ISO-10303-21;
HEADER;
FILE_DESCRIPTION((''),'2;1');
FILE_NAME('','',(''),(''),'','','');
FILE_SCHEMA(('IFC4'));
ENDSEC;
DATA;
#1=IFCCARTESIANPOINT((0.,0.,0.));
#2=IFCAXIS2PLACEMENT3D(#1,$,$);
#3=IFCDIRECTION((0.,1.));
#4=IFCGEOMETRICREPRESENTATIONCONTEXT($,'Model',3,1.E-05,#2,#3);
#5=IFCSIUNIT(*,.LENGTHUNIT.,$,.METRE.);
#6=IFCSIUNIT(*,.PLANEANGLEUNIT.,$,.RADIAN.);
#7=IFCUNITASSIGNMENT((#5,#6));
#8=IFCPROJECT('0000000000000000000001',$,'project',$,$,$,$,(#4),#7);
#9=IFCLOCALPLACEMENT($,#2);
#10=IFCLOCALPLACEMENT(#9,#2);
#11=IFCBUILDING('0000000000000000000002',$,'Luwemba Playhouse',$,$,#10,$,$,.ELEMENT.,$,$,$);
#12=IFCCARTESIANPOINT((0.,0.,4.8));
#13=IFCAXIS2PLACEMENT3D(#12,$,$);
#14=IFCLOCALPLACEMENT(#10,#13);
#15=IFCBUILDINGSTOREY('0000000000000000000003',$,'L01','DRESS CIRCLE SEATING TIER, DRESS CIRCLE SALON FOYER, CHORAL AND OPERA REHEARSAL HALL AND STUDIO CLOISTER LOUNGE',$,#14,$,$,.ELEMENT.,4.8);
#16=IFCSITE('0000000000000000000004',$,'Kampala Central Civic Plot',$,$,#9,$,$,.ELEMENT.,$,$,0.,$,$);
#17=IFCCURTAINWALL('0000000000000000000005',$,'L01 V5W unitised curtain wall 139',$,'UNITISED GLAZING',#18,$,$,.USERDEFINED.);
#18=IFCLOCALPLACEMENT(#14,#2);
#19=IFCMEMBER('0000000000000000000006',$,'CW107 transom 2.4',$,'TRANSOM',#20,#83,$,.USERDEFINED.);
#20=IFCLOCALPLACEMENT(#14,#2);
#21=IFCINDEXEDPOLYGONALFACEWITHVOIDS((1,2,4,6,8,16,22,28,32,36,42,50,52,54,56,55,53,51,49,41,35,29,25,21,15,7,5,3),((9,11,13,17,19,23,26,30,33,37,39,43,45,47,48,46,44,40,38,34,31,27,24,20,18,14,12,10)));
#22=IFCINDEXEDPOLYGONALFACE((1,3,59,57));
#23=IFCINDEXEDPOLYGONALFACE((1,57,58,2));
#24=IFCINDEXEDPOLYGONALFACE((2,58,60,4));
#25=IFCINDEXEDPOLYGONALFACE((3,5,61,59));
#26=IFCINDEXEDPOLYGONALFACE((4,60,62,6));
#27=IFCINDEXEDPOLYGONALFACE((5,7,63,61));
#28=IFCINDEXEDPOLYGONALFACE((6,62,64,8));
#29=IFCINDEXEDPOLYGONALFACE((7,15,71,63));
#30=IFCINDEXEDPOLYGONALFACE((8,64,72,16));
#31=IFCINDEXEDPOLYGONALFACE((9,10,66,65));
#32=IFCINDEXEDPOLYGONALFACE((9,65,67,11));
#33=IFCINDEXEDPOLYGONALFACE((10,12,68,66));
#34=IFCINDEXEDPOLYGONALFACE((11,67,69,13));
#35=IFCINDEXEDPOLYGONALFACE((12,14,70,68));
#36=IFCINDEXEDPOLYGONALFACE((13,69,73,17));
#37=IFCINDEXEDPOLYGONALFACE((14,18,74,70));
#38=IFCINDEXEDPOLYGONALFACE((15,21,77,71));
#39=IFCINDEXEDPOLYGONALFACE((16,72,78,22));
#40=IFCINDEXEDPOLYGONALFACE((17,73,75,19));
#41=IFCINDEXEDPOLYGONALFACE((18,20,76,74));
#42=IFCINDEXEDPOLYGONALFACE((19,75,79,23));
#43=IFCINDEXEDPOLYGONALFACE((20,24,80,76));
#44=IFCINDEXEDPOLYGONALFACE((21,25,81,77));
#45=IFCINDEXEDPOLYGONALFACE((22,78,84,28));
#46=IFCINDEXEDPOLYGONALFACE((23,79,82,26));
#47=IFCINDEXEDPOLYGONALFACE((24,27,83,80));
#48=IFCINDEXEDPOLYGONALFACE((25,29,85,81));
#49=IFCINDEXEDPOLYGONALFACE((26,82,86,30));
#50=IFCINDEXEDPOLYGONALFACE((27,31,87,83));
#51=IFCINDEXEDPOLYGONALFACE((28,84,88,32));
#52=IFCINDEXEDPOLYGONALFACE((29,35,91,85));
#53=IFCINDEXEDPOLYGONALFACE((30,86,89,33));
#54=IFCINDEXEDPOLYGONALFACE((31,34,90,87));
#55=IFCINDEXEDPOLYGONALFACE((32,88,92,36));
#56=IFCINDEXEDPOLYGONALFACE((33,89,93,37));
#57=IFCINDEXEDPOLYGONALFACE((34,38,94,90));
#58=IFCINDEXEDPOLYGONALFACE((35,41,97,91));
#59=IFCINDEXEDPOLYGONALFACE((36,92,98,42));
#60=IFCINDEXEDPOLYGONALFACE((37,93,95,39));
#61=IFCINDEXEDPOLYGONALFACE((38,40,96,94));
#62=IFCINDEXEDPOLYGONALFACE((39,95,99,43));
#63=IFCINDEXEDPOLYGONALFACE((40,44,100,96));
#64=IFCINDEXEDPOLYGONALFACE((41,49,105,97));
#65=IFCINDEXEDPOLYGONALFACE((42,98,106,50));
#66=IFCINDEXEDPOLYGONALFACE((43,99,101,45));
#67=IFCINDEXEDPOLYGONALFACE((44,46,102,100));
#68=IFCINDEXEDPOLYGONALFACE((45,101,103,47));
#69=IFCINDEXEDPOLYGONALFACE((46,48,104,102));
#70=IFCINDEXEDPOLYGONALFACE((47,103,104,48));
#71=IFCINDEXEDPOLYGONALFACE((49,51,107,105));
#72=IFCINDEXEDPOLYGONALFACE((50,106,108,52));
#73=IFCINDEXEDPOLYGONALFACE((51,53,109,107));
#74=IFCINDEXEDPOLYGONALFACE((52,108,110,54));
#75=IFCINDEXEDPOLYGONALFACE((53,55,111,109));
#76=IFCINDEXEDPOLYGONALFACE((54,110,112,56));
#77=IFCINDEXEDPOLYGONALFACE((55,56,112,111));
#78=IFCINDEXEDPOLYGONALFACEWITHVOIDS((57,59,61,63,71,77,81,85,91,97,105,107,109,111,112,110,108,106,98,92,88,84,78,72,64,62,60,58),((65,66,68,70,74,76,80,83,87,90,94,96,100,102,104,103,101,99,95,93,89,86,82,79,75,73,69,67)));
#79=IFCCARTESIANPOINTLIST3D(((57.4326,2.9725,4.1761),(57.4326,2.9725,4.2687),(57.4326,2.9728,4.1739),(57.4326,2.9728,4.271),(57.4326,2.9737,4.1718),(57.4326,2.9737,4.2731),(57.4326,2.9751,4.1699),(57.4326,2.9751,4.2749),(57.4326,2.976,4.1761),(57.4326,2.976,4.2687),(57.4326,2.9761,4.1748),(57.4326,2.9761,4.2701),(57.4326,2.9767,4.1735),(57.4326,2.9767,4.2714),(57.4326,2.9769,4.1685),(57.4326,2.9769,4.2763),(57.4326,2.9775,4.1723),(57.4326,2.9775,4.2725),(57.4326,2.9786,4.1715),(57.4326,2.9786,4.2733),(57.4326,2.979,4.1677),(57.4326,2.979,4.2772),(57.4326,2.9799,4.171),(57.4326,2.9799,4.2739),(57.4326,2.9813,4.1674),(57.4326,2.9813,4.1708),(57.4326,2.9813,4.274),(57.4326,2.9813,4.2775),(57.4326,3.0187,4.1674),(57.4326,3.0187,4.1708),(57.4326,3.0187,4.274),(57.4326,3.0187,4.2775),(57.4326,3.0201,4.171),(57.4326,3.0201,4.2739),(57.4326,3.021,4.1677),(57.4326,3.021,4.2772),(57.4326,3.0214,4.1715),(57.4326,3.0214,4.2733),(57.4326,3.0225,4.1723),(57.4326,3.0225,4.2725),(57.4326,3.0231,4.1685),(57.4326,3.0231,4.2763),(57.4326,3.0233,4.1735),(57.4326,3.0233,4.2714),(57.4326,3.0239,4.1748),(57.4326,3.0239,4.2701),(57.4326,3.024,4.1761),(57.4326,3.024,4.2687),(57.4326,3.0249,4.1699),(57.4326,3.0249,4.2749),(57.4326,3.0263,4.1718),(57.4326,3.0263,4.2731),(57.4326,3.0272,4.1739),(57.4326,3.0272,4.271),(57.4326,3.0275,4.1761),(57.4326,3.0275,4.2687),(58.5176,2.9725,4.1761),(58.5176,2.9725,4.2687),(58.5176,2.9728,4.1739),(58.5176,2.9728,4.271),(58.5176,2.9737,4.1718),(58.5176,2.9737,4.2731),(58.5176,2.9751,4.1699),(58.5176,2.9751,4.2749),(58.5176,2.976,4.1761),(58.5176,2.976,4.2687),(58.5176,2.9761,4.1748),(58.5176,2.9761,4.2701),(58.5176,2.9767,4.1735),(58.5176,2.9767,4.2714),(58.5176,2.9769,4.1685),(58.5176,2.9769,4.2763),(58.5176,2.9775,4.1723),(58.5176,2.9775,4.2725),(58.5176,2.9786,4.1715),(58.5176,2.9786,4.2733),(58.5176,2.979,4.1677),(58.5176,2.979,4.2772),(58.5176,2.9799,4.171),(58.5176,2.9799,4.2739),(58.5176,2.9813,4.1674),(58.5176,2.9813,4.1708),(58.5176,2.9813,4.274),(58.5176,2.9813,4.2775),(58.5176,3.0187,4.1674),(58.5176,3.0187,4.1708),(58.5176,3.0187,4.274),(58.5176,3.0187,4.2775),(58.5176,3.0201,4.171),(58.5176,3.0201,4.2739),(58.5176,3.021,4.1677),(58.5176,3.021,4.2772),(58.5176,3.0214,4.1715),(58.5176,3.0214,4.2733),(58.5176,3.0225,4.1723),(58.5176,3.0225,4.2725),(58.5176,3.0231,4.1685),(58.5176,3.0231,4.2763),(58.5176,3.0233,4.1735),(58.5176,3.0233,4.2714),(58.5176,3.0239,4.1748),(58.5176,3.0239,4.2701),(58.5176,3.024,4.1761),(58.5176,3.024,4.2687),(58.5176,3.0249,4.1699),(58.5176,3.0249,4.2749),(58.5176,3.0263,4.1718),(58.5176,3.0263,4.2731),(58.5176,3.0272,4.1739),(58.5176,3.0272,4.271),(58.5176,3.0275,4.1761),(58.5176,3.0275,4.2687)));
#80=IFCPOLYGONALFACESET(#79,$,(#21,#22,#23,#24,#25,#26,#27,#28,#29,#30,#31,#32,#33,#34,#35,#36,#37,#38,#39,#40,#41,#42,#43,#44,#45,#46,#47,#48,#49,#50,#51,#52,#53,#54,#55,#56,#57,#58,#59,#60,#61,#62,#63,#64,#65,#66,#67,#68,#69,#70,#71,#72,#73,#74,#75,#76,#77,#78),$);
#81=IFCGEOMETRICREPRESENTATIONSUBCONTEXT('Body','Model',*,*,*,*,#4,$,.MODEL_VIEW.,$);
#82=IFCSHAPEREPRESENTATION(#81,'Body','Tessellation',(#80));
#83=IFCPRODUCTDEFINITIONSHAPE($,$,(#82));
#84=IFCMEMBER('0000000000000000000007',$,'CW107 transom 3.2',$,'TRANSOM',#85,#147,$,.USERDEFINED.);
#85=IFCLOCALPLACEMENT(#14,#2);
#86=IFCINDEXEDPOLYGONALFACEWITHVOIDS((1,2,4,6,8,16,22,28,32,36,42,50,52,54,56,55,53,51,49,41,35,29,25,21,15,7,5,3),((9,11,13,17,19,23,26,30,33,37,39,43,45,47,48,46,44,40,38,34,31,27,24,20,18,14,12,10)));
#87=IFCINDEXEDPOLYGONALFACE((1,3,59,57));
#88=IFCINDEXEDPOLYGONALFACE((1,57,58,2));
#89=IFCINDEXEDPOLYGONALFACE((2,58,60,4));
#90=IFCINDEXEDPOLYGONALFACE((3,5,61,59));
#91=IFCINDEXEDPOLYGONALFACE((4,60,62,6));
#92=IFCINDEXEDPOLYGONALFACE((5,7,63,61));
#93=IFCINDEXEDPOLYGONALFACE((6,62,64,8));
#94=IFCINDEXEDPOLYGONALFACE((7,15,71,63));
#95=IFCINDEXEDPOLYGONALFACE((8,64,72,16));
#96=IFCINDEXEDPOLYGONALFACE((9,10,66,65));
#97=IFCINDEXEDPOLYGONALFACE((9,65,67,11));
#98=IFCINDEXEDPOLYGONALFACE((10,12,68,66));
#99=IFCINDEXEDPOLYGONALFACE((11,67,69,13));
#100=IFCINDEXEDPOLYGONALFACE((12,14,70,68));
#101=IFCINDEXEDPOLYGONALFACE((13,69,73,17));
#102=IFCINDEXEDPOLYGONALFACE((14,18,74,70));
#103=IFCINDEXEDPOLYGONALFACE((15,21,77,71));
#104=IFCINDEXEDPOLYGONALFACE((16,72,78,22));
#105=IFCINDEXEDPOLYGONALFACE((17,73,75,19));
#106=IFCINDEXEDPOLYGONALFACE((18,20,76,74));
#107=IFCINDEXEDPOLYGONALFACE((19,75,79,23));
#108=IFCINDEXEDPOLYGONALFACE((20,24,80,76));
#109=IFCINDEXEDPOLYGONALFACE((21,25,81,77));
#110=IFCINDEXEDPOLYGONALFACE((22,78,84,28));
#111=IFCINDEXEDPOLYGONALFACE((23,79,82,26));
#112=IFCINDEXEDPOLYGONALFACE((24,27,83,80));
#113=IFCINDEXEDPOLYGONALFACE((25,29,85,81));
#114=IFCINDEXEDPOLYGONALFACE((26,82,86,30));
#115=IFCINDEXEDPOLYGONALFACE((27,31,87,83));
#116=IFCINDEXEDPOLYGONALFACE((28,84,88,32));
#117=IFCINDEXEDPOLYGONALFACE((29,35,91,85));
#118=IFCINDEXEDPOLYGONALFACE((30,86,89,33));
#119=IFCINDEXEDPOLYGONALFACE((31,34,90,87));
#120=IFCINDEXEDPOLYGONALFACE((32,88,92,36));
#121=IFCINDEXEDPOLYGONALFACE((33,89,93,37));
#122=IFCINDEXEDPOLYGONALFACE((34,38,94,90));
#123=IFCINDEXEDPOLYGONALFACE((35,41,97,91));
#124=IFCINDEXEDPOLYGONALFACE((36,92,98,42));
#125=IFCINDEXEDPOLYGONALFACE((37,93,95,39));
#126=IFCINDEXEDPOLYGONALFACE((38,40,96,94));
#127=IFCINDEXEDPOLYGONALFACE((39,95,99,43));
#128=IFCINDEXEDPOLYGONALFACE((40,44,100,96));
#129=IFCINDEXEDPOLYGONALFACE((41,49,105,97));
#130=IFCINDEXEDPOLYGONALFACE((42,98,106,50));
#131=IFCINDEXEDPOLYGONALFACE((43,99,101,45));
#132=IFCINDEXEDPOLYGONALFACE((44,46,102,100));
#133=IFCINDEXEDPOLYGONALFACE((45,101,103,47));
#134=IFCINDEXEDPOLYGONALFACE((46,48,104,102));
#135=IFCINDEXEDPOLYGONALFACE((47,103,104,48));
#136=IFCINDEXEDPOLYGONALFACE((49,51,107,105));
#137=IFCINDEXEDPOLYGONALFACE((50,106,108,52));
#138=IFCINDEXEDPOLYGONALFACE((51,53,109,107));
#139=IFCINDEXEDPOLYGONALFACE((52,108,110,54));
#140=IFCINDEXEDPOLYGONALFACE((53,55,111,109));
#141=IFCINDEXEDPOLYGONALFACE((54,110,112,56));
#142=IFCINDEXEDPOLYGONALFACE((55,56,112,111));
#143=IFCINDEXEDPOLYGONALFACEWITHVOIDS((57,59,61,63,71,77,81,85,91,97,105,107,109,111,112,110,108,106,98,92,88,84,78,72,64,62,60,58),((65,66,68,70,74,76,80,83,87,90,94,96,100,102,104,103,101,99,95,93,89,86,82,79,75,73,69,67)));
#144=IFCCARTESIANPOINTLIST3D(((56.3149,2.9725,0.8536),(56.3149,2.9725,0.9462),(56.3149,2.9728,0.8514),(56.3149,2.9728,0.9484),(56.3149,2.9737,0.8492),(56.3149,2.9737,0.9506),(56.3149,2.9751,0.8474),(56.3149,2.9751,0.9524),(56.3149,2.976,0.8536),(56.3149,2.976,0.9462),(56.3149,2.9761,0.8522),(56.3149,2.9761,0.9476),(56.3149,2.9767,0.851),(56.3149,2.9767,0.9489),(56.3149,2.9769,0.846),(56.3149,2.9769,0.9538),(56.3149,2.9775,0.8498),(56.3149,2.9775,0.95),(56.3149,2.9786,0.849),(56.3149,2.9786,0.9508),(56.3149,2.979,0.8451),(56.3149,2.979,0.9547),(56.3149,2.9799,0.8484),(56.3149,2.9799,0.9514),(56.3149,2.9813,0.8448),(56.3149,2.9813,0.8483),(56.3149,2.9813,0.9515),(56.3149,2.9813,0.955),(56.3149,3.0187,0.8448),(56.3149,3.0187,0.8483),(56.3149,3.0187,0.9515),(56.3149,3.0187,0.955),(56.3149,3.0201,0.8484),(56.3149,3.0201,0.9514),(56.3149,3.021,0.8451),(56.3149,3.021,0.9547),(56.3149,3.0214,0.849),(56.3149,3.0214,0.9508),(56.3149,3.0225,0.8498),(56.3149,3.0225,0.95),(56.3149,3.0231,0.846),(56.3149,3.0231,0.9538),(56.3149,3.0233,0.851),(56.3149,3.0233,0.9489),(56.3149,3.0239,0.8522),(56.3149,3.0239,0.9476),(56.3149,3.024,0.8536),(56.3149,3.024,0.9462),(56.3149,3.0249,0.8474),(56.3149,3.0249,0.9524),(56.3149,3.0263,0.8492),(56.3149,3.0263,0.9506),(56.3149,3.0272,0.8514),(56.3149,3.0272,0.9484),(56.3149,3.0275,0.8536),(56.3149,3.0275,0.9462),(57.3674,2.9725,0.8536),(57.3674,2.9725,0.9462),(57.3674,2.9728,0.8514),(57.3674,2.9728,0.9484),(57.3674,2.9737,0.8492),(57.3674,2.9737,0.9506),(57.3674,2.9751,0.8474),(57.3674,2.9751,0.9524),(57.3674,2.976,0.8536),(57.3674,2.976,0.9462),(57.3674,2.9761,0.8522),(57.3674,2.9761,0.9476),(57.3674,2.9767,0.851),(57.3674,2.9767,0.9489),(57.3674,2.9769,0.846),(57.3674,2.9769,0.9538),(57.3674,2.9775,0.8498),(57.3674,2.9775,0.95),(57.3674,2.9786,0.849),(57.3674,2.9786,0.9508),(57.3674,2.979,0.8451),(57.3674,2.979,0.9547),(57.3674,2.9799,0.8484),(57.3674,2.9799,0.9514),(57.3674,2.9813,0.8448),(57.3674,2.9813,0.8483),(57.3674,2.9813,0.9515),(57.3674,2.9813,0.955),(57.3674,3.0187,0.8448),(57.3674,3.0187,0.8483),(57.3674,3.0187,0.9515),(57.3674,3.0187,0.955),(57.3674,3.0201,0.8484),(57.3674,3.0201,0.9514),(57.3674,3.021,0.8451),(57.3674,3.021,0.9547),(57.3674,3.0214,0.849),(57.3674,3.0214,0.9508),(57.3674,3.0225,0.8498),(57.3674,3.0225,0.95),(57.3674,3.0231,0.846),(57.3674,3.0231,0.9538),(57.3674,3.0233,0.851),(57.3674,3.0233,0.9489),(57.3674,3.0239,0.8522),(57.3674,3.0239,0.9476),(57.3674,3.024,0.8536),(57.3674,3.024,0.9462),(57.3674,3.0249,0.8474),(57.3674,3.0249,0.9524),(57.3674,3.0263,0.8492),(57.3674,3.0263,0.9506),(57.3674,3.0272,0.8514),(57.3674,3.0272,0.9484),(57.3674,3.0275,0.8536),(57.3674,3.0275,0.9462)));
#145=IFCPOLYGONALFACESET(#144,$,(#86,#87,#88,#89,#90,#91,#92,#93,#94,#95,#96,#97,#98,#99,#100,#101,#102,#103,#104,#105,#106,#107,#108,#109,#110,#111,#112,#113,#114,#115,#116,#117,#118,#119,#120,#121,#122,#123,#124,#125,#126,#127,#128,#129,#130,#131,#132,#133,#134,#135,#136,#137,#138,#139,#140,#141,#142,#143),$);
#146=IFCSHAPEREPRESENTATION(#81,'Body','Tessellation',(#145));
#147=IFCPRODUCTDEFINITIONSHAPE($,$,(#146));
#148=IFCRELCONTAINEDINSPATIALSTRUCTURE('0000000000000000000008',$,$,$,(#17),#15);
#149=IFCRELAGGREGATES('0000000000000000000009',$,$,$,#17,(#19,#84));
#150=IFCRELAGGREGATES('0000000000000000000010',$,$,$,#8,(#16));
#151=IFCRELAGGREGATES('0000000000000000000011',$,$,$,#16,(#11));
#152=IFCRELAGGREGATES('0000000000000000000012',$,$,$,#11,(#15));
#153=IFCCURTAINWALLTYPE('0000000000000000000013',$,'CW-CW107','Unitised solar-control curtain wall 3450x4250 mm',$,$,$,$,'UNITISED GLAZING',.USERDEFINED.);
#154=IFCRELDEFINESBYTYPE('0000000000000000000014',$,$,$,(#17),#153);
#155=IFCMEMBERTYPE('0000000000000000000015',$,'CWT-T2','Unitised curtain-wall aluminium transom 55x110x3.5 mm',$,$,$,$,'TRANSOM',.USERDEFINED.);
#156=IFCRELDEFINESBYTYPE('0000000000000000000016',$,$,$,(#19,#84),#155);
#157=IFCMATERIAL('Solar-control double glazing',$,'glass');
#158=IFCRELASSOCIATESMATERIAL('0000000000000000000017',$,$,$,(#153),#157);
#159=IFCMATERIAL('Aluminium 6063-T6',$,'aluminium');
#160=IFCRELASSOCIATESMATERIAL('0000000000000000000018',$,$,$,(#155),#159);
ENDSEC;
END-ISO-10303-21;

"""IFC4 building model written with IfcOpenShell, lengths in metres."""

from ifc_helpers import new_model, si_unit, direction, frame, origin, origin_2d, place, context, subcontext, project, spatial, hollow_rectangle, extrude, material, material_profile, profile_set, type_object, element, aggregate, save


model = new_model("IFC4")

# Units and contexts
model_context = context("Model", 3, precision=1e-05, world=origin(), true_north=direction((0.0, 1.0)))
body_context = subcontext(model_context, "Body", "Model", "MODEL_VIEW")
ifc_project = project(units=[si_unit("LENGTHUNIT", "METRE"), si_unit("PLANEANGLEUNIT", "RADIAN")], contexts=[model_context])

# Site, building, storey
site_placement = place(None, origin())
site = spatial("IfcSite", under=ifc_project, at=site_placement, Name="Kampala Central Civic Plot", CompositionType="ELEMENT", RefElevation=0.0)
building_placement = place(site_placement, origin())
building = spatial("IfcBuilding", under=site, at=building_placement, Name="Luwemba Playhouse", CompositionType="ELEMENT")
storey_placement = place(building_placement, frame((0.0, 0.0, 4.8)))
storey = spatial("IfcBuildingStorey", under=building, at=storey_placement, Name="L01", Description="DRESS CIRCLE SEATING TIER, DRESS CIRCLE SALON FOYER, CHORAL AND OPERA REHEARSAL HALL AND STUDIO CLOISTER LOUNGE", CompositionType="ELEMENT", Elevation=4.8)

# Curtain wall
ifc_material_1 = material(Name="Solar-control double glazing", Category="glass")
ifc_material_2 = material(Name="Aluminium 6063-T6", Category="aluminium")
curtain_wall_type_1 = type_object("IfcCurtainWallType", Name="CW-CW107", Description="Unitised solar-control curtain wall 3450x4250 mm", ElementType="UNITISED GLAZING", PredefinedType="USERDEFINED", material=ifc_material_1)
curtain_wall_1_placement = place(storey_placement, origin())
curtain_wall_1 = element("IfcCurtainWall", 1, at=curtain_wall_1_placement, inside=storey, type_object=curtain_wall_type_1, Name="L01 V5W unitised curtain wall 139", ObjectType="UNITISED GLAZING", PredefinedType="USERDEFINED")

# Members
ifc_material_profile_1 = material_profile(ifc_material_2, hollow_rectangle(XDim=0.0549, YDim=0.1101, WallThickness=0.0034, InnerFilletRadius=0.0054, OuterFilletRadius=0.0088, at=origin_2d()))
ifc_profile_set_1 = profile_set([ifc_material_profile_1], Name="Aluminium 6063-T6")
member_type_1 = type_object("IfcMemberType", Name="CWT-T2", Description="Unitised curtain-wall aluminium transom 55x110x3.5 mm", ElementType="TRANSOM", PredefinedType="USERDEFINED", material=ifc_profile_set_1)
member_1_placement = place(storey_placement, frame((58.5176, 3.0, 4.2224), z_axis=(-1.0, 0.0, 0.0), x_axis=(0.0, -1.0, 0.0)))
member_1 = element("IfcMember", 2, at=member_1_placement, type_object=member_type_1, Name="CW107 transom 2.4", ObjectType="TRANSOM", PredefinedType="USERDEFINED", context=body_context, shape_type="SweptSolid", body=[
    extrude(hollow_rectangle(XDim=0.0549, YDim=0.1101, WallThickness=0.0034, InnerFilletRadius=0.0054, OuterFilletRadius=0.0088, at=origin_2d()), origin(), (0.0, 0.0, 1.0), 1.085),
])
member_2_placement = place(storey_placement, frame((57.3674, 3.0, 0.8999), z_axis=(-1.0, 0.0, 0.0), x_axis=(0.0, -1.0, 0.0)))
member_2 = element("IfcMember", 3, at=member_2_placement, type_object=member_type_1, Name="CW107 transom 3.2", ObjectType="TRANSOM", PredefinedType="USERDEFINED", context=body_context, shape_type="SweptSolid", body=[
    extrude(hollow_rectangle(XDim=0.0549, YDim=0.1101, WallThickness=0.0034, InnerFilletRadius=0.0054, OuterFilletRadius=0.0088, at=origin_2d()), origin(), (0.0, 0.0, 1.0), 1.0525),
])

aggregate(curtain_wall_1, [member_1, member_2])

save(model, "model.ifc")
